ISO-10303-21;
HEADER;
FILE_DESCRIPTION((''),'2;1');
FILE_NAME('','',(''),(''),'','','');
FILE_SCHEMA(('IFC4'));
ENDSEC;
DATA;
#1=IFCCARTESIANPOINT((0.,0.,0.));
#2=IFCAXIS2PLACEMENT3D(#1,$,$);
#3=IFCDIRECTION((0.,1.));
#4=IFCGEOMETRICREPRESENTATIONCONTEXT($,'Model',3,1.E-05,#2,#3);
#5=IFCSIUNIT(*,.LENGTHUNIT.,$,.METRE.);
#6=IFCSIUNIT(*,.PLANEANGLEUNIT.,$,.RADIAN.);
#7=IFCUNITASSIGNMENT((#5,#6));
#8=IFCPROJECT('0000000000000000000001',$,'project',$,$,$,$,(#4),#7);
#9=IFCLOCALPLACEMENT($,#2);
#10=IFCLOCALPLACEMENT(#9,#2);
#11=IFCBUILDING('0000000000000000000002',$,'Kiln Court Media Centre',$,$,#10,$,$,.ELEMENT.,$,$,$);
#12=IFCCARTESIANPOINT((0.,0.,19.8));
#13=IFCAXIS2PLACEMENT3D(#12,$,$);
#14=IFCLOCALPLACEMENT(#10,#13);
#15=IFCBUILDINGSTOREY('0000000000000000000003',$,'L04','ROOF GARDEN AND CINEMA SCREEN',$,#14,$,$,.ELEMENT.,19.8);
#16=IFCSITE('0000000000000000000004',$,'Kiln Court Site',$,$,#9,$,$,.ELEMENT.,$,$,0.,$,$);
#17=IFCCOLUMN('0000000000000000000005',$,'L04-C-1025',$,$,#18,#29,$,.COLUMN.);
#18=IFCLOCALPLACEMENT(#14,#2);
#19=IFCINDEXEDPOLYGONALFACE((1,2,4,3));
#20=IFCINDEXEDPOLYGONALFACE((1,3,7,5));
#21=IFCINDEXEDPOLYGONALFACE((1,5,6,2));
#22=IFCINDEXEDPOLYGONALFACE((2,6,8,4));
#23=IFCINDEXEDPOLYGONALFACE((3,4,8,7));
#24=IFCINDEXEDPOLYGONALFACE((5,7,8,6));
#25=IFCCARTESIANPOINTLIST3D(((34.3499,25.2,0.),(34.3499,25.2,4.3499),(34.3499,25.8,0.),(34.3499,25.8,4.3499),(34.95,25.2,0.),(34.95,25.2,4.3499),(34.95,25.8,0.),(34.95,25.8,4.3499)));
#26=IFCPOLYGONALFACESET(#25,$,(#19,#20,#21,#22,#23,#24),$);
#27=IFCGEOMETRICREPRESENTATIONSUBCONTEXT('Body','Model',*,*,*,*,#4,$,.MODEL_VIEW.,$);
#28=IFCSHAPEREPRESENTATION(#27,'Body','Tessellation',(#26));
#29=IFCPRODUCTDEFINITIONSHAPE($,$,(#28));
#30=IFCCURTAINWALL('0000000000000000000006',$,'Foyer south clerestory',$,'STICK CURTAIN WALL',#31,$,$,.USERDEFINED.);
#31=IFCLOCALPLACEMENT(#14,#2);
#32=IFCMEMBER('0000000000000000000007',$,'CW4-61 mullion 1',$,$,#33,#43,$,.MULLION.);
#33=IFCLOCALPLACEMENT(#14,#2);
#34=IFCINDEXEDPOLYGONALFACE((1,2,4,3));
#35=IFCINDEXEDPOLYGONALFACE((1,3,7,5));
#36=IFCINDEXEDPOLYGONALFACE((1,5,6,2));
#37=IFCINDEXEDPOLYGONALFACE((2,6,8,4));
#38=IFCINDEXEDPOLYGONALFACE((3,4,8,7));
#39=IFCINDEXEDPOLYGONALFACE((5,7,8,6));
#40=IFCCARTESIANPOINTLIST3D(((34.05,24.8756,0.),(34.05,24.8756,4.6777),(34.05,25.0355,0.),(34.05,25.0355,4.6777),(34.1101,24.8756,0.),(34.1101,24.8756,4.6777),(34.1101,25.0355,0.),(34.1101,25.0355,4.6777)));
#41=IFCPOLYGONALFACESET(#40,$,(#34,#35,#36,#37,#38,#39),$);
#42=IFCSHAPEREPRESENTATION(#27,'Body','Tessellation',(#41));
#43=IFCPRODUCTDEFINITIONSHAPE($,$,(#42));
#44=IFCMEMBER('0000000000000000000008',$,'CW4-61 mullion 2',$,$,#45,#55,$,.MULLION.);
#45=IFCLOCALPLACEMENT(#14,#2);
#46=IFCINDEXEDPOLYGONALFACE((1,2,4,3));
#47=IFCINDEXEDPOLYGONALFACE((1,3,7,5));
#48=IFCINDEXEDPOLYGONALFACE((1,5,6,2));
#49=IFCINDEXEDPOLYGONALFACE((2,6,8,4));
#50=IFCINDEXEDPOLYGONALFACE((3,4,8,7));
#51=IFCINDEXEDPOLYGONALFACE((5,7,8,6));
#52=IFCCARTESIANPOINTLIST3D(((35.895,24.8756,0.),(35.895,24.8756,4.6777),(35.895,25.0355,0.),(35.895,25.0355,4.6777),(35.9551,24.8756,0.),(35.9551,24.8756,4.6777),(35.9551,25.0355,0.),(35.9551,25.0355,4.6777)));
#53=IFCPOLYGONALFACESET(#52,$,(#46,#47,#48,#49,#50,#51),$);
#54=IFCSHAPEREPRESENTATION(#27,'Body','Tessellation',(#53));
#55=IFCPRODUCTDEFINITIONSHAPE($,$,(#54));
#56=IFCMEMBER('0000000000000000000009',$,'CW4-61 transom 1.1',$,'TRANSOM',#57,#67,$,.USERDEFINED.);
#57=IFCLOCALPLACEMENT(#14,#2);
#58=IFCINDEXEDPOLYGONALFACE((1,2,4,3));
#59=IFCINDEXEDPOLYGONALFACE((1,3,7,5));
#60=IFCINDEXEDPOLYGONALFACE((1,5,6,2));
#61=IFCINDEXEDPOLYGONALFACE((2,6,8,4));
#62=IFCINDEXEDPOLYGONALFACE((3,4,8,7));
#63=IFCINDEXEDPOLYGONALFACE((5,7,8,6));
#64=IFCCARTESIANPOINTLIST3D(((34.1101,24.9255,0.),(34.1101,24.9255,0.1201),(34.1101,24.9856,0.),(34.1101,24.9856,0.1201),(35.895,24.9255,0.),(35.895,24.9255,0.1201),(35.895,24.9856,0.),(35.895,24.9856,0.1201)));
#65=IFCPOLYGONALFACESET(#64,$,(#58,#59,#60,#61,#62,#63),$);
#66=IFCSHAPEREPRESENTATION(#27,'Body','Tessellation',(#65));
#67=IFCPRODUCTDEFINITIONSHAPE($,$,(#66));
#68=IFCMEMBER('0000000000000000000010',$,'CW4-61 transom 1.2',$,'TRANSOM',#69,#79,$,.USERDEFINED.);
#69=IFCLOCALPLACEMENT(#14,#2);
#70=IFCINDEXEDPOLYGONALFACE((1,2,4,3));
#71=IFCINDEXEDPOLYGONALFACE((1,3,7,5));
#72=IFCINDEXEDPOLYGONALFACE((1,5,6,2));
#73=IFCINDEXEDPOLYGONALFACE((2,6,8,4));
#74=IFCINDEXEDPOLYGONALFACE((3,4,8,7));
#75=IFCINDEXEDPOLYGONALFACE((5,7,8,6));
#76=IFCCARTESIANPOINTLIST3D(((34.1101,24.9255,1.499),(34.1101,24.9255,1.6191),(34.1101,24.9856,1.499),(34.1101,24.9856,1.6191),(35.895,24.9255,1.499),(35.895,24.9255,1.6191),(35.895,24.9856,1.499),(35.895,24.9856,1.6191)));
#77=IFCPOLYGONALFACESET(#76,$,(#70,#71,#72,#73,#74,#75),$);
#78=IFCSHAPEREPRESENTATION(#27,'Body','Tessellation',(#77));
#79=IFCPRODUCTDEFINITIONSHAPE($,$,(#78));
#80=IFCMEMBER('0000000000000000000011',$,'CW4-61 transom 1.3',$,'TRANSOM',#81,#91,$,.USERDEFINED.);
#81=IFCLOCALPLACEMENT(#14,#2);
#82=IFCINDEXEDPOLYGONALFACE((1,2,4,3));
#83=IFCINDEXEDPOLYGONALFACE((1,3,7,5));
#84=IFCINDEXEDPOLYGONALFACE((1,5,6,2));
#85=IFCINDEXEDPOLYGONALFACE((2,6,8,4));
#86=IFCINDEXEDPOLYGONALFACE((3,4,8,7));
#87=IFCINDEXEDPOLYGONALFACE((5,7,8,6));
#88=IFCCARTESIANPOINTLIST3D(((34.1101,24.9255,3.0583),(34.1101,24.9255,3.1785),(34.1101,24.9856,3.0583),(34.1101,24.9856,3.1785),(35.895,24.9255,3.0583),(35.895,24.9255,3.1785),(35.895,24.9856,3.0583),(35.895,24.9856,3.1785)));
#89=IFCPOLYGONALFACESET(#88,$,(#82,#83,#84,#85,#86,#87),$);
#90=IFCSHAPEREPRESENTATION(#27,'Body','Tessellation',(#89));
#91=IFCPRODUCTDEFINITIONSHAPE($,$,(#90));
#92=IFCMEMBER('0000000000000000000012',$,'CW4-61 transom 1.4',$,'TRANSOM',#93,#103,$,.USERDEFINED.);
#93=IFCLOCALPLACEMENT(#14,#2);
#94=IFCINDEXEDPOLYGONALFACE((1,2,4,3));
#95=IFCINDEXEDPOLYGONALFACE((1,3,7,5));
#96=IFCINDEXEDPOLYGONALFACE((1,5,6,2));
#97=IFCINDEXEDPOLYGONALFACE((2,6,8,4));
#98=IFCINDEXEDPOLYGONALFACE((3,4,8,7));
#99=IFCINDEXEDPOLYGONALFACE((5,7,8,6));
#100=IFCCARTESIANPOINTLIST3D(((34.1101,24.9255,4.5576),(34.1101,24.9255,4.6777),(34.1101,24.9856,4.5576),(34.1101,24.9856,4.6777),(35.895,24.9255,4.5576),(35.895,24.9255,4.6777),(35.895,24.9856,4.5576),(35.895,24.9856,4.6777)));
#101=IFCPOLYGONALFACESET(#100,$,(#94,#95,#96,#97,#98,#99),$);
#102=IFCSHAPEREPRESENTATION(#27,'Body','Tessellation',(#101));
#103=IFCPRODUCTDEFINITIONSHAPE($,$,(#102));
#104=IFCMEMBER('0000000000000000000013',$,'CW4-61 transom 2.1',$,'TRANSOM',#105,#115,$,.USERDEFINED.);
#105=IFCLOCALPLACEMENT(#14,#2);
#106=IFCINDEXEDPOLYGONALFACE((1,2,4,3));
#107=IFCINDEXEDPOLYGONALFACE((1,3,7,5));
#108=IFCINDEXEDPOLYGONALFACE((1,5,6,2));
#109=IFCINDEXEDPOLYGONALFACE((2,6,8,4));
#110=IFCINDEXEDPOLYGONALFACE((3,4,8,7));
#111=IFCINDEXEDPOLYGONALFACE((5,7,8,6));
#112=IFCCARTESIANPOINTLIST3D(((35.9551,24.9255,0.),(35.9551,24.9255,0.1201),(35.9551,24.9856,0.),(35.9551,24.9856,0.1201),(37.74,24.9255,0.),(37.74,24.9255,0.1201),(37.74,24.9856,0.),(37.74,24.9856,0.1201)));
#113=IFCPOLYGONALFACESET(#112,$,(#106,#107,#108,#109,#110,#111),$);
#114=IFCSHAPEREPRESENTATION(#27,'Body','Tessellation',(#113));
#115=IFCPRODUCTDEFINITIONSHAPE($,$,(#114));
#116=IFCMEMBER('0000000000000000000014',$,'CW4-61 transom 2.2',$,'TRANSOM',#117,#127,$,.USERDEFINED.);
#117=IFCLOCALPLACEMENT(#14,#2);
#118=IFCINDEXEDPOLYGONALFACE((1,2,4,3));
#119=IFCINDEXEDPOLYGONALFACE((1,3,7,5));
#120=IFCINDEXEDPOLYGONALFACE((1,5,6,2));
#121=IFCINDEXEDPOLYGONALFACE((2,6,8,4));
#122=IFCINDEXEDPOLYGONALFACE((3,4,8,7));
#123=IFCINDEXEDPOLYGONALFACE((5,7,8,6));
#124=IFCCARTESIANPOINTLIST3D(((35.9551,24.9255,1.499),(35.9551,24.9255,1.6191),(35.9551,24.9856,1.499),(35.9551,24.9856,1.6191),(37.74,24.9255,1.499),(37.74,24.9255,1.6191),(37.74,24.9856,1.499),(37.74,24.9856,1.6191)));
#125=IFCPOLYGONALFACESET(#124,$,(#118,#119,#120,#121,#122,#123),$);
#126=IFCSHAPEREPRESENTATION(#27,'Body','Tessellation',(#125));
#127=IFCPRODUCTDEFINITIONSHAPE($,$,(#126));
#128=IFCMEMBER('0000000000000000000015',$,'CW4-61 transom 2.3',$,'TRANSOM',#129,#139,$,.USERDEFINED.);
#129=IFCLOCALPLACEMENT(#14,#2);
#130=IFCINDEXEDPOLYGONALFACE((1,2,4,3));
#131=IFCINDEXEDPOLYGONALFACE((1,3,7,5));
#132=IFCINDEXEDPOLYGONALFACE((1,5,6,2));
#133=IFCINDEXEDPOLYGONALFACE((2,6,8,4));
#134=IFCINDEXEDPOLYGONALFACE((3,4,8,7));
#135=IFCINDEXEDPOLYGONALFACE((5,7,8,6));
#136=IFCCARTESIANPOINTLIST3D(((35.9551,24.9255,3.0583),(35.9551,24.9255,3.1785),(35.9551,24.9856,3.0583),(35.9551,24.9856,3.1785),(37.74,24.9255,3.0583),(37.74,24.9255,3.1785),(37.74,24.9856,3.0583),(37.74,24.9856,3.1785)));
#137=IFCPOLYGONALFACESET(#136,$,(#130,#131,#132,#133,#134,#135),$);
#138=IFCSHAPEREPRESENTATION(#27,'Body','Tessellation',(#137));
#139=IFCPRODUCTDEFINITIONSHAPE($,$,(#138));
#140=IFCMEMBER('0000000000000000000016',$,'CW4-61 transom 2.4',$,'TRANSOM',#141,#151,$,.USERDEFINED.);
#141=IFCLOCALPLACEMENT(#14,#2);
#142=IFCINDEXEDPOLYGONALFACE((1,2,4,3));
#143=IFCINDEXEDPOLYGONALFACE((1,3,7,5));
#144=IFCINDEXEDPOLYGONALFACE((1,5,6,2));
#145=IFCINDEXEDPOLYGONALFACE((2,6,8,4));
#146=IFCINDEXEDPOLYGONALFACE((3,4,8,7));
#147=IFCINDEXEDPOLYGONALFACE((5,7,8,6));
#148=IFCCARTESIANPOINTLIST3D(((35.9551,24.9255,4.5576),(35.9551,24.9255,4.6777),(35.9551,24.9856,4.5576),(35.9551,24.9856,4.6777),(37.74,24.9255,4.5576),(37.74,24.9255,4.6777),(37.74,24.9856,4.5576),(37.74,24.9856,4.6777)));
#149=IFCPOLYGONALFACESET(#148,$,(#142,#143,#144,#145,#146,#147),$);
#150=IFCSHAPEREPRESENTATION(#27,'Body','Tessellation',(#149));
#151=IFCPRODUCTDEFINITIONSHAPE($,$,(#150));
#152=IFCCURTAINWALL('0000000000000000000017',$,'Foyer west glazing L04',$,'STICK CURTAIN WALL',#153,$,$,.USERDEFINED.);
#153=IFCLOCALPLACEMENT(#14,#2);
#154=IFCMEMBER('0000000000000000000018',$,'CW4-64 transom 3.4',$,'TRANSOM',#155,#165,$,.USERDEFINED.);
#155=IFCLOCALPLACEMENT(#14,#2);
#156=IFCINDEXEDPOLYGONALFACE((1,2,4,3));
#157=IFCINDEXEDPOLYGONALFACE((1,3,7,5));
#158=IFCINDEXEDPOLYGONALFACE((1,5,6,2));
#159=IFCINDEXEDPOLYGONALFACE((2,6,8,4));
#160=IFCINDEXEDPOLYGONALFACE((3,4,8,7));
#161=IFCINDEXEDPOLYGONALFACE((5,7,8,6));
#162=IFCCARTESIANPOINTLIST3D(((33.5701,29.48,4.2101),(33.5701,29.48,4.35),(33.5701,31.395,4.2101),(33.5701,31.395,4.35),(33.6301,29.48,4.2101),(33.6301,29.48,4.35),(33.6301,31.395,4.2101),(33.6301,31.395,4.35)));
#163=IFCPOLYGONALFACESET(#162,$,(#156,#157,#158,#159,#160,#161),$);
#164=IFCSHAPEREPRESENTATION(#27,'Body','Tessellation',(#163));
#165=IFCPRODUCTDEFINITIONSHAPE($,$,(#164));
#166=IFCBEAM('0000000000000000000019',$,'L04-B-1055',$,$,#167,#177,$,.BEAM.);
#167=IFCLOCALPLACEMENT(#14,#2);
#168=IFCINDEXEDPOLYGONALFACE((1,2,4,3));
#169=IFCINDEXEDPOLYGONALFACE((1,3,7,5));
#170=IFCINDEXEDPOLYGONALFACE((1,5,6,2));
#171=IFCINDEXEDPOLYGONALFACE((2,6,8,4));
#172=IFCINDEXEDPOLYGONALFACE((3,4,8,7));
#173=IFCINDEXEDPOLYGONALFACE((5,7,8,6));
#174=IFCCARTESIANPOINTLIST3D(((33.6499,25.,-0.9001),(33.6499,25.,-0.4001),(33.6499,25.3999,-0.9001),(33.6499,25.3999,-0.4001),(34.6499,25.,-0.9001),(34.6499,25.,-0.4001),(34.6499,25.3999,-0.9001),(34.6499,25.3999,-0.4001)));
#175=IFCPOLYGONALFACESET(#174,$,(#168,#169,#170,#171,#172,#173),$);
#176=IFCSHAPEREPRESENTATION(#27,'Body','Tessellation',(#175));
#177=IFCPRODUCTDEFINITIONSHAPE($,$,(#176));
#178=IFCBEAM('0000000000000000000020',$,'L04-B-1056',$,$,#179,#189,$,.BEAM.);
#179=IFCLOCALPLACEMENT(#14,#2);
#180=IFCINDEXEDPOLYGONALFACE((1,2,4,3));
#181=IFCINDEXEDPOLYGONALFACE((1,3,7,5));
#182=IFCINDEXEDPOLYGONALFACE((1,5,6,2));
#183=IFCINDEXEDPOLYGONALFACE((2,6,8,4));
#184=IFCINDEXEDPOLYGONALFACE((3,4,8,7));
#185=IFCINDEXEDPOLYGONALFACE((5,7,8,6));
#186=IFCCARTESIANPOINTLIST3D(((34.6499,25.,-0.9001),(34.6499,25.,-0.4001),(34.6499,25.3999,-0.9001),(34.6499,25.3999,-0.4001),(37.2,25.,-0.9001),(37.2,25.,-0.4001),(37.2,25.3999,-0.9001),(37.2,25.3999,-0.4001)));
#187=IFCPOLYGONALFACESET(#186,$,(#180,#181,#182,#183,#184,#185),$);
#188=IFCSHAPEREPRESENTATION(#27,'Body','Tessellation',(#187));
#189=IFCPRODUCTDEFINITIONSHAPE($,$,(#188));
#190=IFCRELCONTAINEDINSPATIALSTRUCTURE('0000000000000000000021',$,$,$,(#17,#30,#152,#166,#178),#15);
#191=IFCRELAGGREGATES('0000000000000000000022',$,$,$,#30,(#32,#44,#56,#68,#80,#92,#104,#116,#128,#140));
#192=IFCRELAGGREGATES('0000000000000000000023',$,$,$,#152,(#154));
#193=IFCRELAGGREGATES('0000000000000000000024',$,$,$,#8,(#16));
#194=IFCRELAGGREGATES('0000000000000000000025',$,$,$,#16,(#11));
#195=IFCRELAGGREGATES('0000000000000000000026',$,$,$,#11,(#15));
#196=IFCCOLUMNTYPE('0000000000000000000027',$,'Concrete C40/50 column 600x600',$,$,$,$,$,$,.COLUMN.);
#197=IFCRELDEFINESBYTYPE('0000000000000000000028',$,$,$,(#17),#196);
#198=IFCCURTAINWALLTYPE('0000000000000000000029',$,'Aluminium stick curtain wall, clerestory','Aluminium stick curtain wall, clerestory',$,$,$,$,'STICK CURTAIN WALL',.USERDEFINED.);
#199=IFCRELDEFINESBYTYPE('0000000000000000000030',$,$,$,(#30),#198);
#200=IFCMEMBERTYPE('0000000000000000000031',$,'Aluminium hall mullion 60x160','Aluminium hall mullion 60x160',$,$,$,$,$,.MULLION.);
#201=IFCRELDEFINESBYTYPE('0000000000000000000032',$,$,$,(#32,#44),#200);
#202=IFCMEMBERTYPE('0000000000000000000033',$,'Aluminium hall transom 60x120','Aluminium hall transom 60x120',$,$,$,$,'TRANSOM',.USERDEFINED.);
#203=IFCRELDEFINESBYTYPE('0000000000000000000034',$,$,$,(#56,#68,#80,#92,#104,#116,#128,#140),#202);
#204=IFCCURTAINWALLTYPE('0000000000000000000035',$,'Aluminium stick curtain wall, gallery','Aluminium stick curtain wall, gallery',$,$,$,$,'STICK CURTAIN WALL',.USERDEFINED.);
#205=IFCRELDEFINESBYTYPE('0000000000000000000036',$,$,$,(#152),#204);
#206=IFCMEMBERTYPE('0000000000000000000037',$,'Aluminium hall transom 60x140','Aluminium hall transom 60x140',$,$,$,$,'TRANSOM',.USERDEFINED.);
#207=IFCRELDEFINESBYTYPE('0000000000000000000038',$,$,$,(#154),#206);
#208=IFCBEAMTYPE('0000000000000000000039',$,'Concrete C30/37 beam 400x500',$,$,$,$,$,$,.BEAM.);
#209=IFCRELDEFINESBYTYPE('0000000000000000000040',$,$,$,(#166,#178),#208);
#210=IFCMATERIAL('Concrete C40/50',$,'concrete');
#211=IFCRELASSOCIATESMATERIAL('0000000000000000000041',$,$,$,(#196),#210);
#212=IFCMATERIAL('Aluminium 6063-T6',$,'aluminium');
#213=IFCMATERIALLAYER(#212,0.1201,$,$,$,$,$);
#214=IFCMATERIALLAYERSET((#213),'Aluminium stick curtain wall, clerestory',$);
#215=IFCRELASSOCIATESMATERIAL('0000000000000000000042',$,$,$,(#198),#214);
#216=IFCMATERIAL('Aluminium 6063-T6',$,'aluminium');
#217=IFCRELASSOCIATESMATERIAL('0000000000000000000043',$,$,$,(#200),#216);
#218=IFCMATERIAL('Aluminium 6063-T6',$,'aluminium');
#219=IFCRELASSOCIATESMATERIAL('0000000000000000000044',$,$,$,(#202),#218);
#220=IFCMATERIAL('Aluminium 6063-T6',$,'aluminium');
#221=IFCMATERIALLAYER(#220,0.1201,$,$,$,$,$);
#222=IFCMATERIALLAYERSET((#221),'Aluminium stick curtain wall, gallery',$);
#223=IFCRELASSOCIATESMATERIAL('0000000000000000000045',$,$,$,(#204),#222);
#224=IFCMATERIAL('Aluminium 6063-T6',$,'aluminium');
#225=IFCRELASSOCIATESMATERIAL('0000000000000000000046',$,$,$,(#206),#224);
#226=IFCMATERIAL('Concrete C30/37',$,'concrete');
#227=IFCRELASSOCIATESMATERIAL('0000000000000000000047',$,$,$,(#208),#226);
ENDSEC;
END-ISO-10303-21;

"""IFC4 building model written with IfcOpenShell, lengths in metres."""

from ifc_helpers import new_model, si_unit, direction, frame, origin, origin_2d, place, context, subcontext, project, spatial, rectangle, extrude, material, layer, layer_set, material_profile, profile_set, type_object, element, aggregate, save


model = new_model("IFC4")

# Units and contexts
model_context = context("Model", 3, precision=1e-05, world=origin(), true_north=direction((0.0, 1.0)))
body_context = subcontext(model_context, "Body", "Model", "MODEL_VIEW")
ifc_project = project(units=[si_unit("LENGTHUNIT", "METRE"), si_unit("PLANEANGLEUNIT", "RADIAN")], contexts=[model_context])

# Site, building, storey
site_placement = place(None, origin())
site = spatial("IfcSite", under=ifc_project, at=site_placement, Name="Kiln Court Site", CompositionType="ELEMENT", RefElevation=0.0)
building_placement = place(site_placement, origin())
building = spatial("IfcBuilding", under=site, at=building_placement, Name="Kiln Court Media Centre", CompositionType="ELEMENT")
storey_placement = place(building_placement, frame((0.0, 0.0, 19.8)))
storey = spatial("IfcBuildingStorey", under=building, at=storey_placement, Name="L04", Description="ROOF GARDEN AND CINEMA SCREEN", CompositionType="ELEMENT", Elevation=19.8)

# Column
ifc_material_1 = material(Name="Concrete C40/50", Category="concrete")
ifc_material_profile_1 = material_profile(ifc_material_1, rectangle(XDim=0.6001, YDim=0.6001, at=origin_2d()), Name="RC 600x600")
ifc_profile_set_1 = profile_set([ifc_material_profile_1], Name="Concrete C40/50")
column_type = type_object("IfcColumnType", Name="Concrete C40/50 column 600x600", PredefinedType="COLUMN", material=ifc_profile_set_1)
column_placement = place(storey_placement, frame((34.6499, 25.5, 0.0), z_axis=(0.0, 0.0, 1.0), x_axis=(1.0, 0.0, 0.0)))
element("IfcColumn", 1, at=column_placement, inside=storey, type_object=column_type, Name="L04-C-1025", PredefinedType="COLUMN", context=body_context, shape_type="SweptSolid", body=[
    extrude(rectangle(XDim=0.6001, YDim=0.6001, at=origin_2d()), origin(), (0.0, 0.0, 1.0), 4.3499),
])

# Curtain wall, members
ifc_material_2 = material(Name="Aluminium 6063-T6", Category="aluminium")
ifc_layer_1 = layer(ifc_material_2, 0.1201)
ifc_layer_set_1 = layer_set([ifc_layer_1], Name="Aluminium stick curtain wall, clerestory")
curtain_wall_type_1 = type_object("IfcCurtainWallType", Name="Aluminium stick curtain wall, clerestory", Description="Aluminium stick curtain wall, clerestory", ElementType="STICK CURTAIN WALL", PredefinedType="USERDEFINED", material=ifc_layer_set_1)
curtain_wall_1_placement = place(storey_placement, origin())
curtain_wall_1 = element("IfcCurtainWall", 2, at=curtain_wall_1_placement, inside=storey, type_object=curtain_wall_type_1, Name="Foyer south clerestory", ObjectType="STICK CURTAIN WALL", PredefinedType="USERDEFINED")
ifc_material_3 = material(Name="Aluminium 6063-T6", Category="aluminium")
ifc_material_profile_2 = material_profile(ifc_material_3, rectangle(XDim=0.0601, YDim=0.1599, at=origin_2d()), Name="Aluminium hall mullion 60x160")
ifc_profile_set_2 = profile_set([ifc_material_profile_2], Name="Aluminium 6063-T6")
member_type_1 = type_object("IfcMemberType", Name="Aluminium hall mullion 60x160", Description="Aluminium hall mullion 60x160", PredefinedType="MULLION", material=ifc_profile_set_2)
member_1_placement = place(storey_placement, frame((34.0801, 24.9556, 0.0), z_axis=(0.0, 0.0, 1.0), x_axis=(1.0, 0.0, 0.0)))
member_1 = element("IfcMember", 3, at=member_1_placement, type_object=member_type_1, Name="CW4-61 mullion 1", PredefinedType="MULLION", context=body_context, shape_type="SweptSolid", body=[
    extrude(rectangle(XDim=0.0601, YDim=0.1599, at=origin_2d()), origin(), (0.0, 0.0, 1.0), 4.6777),
])
member_2_placement = place(storey_placement, frame((35.925, 24.9556, 0.0), z_axis=(0.0, 0.0, 1.0), x_axis=(1.0, 0.0, 0.0)))
member_2 = element("IfcMember", 4, at=member_2_placement, type_object=member_type_1, Name="CW4-61 mullion 2", PredefinedType="MULLION", context=body_context, shape_type="SweptSolid", body=[
    extrude(rectangle(XDim=0.0601, YDim=0.1599, at=origin_2d()), origin(), (0.0, 0.0, 1.0), 4.6777),
])
ifc_material_4 = material(Name="Aluminium 6063-T6", Category="aluminium")
ifc_material_profile_3 = material_profile(ifc_material_4, rectangle(XDim=0.0601, YDim=0.1201, at=origin_2d()), Name="Aluminium hall transom 60x120")
ifc_profile_set_3 = profile_set([ifc_material_profile_3], Name="Aluminium 6063-T6")
member_type_2 = type_object("IfcMemberType", Name="Aluminium hall transom 60x120", Description="Aluminium hall transom 60x120", ElementType="TRANSOM", PredefinedType="USERDEFINED", material=ifc_profile_set_3)
member_3_placement = place(storey_placement, frame((34.1101, 24.9556, 0.0601), z_axis=(1.0, 0.0, 0.0), x_axis=(0.0, 1.0, 0.0)))
member_3 = element("IfcMember", 5, at=member_3_placement, type_object=member_type_2, Name="CW4-61 transom 1.1", ObjectType="TRANSOM", PredefinedType="USERDEFINED", context=body_context, shape_type="SweptSolid", body=[
    extrude(rectangle(XDim=0.0601, YDim=0.1201, at=origin_2d()), origin(), (0.0, 0.0, 1.0), 1.7849),
])
member_4_placement = place(storey_placement, frame((34.1101, 24.9556, 1.5591), z_axis=(1.0, 0.0, 0.0), x_axis=(0.0, 1.0, 0.0)))
member_4 = element("IfcMember", 6, at=member_4_placement, type_object=member_type_2, Name="CW4-61 transom 1.2", ObjectType="TRANSOM", PredefinedType="USERDEFINED", context=body_context, shape_type="SweptSolid", body=[
    extrude(rectangle(XDim=0.0601, YDim=0.1201, at=origin_2d()), origin(), (0.0, 0.0, 1.0), 1.7849),
])
member_5_placement = place(storey_placement, frame((34.1101, 24.9556, 3.1184), z_axis=(1.0, 0.0, 0.0), x_axis=(0.0, 1.0, 0.0)))
member_5 = element("IfcMember", 7, at=member_5_placement, type_object=member_type_2, Name="CW4-61 transom 1.3", ObjectType="TRANSOM", PredefinedType="USERDEFINED", context=body_context, shape_type="SweptSolid", body=[
    extrude(rectangle(XDim=0.0601, YDim=0.1201, at=origin_2d()), origin(), (0.0, 0.0, 1.0), 1.7849),
])
member_6_placement = place(storey_placement, frame((34.1101, 24.9556, 4.6177), z_axis=(1.0, 0.0, 0.0), x_axis=(0.0, 1.0, 0.0)))
member_6 = element("IfcMember", 8, at=member_6_placement, type_object=member_type_2, Name="CW4-61 transom 1.4", ObjectType="TRANSOM", PredefinedType="USERDEFINED", context=body_context, shape_type="SweptSolid", body=[
    extrude(rectangle(XDim=0.0601, YDim=0.1201, at=origin_2d()), origin(), (0.0, 0.0, 1.0), 1.7849),
])
member_7_placement = place(storey_placement, frame((35.9551, 24.9556, 0.0601), z_axis=(1.0, 0.0, 0.0), x_axis=(0.0, 1.0, 0.0)))
member_7 = element("IfcMember", 9, at=member_7_placement, type_object=member_type_2, Name="CW4-61 transom 2.1", ObjectType="TRANSOM", PredefinedType="USERDEFINED", context=body_context, shape_type="SweptSolid", body=[
    extrude(rectangle(XDim=0.0601, YDim=0.1201, at=origin_2d()), origin(), (0.0, 0.0, 1.0), 1.7849),
])
member_8_placement = place(storey_placement, frame((35.9551, 24.9556, 1.5591), z_axis=(1.0, 0.0, 0.0), x_axis=(0.0, 1.0, 0.0)))
member_8 = element("IfcMember", 10, at=member_8_placement, type_object=member_type_2, Name="CW4-61 transom 2.2", ObjectType="TRANSOM", PredefinedType="USERDEFINED", context=body_context, shape_type="SweptSolid", body=[
    extrude(rectangle(XDim=0.0601, YDim=0.1201, at=origin_2d()), origin(), (0.0, 0.0, 1.0), 1.7849),
])
member_9_placement = place(storey_placement, frame((35.9551, 24.9556, 3.1184), z_axis=(1.0, 0.0, 0.0), x_axis=(0.0, 1.0, 0.0)))
member_9 = element("IfcMember", 11, at=member_9_placement, type_object=member_type_2, Name="CW4-61 transom 2.3", ObjectType="TRANSOM", PredefinedType="USERDEFINED", context=body_context, shape_type="SweptSolid", body=[
    extrude(rectangle(XDim=0.0601, YDim=0.1201, at=origin_2d()), origin(), (0.0, 0.0, 1.0), 1.7849),
])
member_10_placement = place(storey_placement, frame((35.9551, 24.9556, 4.6177), z_axis=(1.0, 0.0, 0.0), x_axis=(0.0, 1.0, 0.0)))
member_10 = element("IfcMember", 12, at=member_10_placement, type_object=member_type_2, Name="CW4-61 transom 2.4", ObjectType="TRANSOM", PredefinedType="USERDEFINED", context=body_context, shape_type="SweptSolid", body=[
    extrude(rectangle(XDim=0.0601, YDim=0.1201, at=origin_2d()), origin(), (0.0, 0.0, 1.0), 1.7849),
])

# Curtain wall, member
ifc_material_5 = material(Name="Aluminium 6063-T6", Category="aluminium")
ifc_layer_2 = layer(ifc_material_5, 0.1201)
ifc_layer_set_2 = layer_set([ifc_layer_2], Name="Aluminium stick curtain wall, gallery")
curtain_wall_type_2 = type_object("IfcCurtainWallType", Name="Aluminium stick curtain wall, gallery", Description="Aluminium stick curtain wall, gallery", ElementType="STICK CURTAIN WALL", PredefinedType="USERDEFINED", material=ifc_layer_set_2)
curtain_wall_2_placement = place(storey_placement, origin())
curtain_wall_2 = element("IfcCurtainWall", 13, at=curtain_wall_2_placement, inside=storey, type_object=curtain_wall_type_2, Name="Foyer west glazing L04", ObjectType="STICK CURTAIN WALL", PredefinedType="USERDEFINED")
ifc_material_6 = material(Name="Aluminium 6063-T6", Category="aluminium")
ifc_material_profile_4 = material_profile(ifc_material_6, rectangle(XDim=0.0601, YDim=0.1399, at=origin_2d()), Name="Aluminium hall transom 60x140")
ifc_profile_set_4 = profile_set([ifc_material_profile_4], Name="Aluminium 6063-T6")
member_type_3 = type_object("IfcMemberType", Name="Aluminium hall transom 60x140", Description="Aluminium hall transom 60x140", ElementType="TRANSOM", PredefinedType="USERDEFINED", material=ifc_profile_set_4)
member_11_placement = place(storey_placement, frame((33.6001, 29.48, 4.28), z_axis=(0.0, 1.0, 0.0), x_axis=(-1.0, 0.0, 0.0)))
member_11 = element("IfcMember", 14, at=member_11_placement, type_object=member_type_3, Name="CW4-64 transom 3.4", ObjectType="TRANSOM", PredefinedType="USERDEFINED", context=body_context, shape_type="SweptSolid", body=[
    extrude(rectangle(XDim=0.0601, YDim=0.1399, at=origin_2d()), origin(), (0.0, 0.0, 1.0), 1.915),
])

# Beams
ifc_material_7 = material(Name="Concrete C30/37", Category="concrete")
ifc_material_profile_5 = material_profile(ifc_material_7, rectangle(XDim=0.3999, YDim=0.5, at=origin_2d()), Name="RC 400x500")
ifc_profile_set_5 = profile_set([ifc_material_profile_5], Name="Concrete C30/37")
beam_type = type_object("IfcBeamType", Name="Concrete C30/37 beam 400x500", PredefinedType="BEAM", material=ifc_profile_set_5)
beam_1_placement = place(storey_placement, frame((33.6499, 25.2, -0.6501), z_axis=(1.0, 0.0, 0.0), x_axis=(0.0, 1.0, 0.0)))
element("IfcBeam", 15, at=beam_1_placement, inside=storey, type_object=beam_type, Name="L04-B-1055", PredefinedType="BEAM", context=body_context, shape_type="SweptSolid", body=[
    extrude(rectangle(XDim=0.3999, YDim=0.5, at=origin_2d()), origin(), (0.0, 0.0, 1.0), 1.0),
])
beam_2_placement = place(storey_placement, frame((34.6499, 25.2, -0.6501), z_axis=(1.0, 0.0, 0.0), x_axis=(0.0, 1.0, 0.0)))
element("IfcBeam", 16, at=beam_2_placement, inside=storey, type_object=beam_type, Name="L04-B-1056", PredefinedType="BEAM", context=body_context, shape_type="SweptSolid", body=[
    extrude(rectangle(XDim=0.3999, YDim=0.5, at=origin_2d()), origin(), (0.0, 0.0, 1.0), 2.55),
])

aggregate(curtain_wall_1, [member_1, member_2, member_3, member_4, member_5, member_6, member_7, member_8, member_9, member_10])
aggregate(curtain_wall_2, [member_11])

save(model, "model.ifc")
